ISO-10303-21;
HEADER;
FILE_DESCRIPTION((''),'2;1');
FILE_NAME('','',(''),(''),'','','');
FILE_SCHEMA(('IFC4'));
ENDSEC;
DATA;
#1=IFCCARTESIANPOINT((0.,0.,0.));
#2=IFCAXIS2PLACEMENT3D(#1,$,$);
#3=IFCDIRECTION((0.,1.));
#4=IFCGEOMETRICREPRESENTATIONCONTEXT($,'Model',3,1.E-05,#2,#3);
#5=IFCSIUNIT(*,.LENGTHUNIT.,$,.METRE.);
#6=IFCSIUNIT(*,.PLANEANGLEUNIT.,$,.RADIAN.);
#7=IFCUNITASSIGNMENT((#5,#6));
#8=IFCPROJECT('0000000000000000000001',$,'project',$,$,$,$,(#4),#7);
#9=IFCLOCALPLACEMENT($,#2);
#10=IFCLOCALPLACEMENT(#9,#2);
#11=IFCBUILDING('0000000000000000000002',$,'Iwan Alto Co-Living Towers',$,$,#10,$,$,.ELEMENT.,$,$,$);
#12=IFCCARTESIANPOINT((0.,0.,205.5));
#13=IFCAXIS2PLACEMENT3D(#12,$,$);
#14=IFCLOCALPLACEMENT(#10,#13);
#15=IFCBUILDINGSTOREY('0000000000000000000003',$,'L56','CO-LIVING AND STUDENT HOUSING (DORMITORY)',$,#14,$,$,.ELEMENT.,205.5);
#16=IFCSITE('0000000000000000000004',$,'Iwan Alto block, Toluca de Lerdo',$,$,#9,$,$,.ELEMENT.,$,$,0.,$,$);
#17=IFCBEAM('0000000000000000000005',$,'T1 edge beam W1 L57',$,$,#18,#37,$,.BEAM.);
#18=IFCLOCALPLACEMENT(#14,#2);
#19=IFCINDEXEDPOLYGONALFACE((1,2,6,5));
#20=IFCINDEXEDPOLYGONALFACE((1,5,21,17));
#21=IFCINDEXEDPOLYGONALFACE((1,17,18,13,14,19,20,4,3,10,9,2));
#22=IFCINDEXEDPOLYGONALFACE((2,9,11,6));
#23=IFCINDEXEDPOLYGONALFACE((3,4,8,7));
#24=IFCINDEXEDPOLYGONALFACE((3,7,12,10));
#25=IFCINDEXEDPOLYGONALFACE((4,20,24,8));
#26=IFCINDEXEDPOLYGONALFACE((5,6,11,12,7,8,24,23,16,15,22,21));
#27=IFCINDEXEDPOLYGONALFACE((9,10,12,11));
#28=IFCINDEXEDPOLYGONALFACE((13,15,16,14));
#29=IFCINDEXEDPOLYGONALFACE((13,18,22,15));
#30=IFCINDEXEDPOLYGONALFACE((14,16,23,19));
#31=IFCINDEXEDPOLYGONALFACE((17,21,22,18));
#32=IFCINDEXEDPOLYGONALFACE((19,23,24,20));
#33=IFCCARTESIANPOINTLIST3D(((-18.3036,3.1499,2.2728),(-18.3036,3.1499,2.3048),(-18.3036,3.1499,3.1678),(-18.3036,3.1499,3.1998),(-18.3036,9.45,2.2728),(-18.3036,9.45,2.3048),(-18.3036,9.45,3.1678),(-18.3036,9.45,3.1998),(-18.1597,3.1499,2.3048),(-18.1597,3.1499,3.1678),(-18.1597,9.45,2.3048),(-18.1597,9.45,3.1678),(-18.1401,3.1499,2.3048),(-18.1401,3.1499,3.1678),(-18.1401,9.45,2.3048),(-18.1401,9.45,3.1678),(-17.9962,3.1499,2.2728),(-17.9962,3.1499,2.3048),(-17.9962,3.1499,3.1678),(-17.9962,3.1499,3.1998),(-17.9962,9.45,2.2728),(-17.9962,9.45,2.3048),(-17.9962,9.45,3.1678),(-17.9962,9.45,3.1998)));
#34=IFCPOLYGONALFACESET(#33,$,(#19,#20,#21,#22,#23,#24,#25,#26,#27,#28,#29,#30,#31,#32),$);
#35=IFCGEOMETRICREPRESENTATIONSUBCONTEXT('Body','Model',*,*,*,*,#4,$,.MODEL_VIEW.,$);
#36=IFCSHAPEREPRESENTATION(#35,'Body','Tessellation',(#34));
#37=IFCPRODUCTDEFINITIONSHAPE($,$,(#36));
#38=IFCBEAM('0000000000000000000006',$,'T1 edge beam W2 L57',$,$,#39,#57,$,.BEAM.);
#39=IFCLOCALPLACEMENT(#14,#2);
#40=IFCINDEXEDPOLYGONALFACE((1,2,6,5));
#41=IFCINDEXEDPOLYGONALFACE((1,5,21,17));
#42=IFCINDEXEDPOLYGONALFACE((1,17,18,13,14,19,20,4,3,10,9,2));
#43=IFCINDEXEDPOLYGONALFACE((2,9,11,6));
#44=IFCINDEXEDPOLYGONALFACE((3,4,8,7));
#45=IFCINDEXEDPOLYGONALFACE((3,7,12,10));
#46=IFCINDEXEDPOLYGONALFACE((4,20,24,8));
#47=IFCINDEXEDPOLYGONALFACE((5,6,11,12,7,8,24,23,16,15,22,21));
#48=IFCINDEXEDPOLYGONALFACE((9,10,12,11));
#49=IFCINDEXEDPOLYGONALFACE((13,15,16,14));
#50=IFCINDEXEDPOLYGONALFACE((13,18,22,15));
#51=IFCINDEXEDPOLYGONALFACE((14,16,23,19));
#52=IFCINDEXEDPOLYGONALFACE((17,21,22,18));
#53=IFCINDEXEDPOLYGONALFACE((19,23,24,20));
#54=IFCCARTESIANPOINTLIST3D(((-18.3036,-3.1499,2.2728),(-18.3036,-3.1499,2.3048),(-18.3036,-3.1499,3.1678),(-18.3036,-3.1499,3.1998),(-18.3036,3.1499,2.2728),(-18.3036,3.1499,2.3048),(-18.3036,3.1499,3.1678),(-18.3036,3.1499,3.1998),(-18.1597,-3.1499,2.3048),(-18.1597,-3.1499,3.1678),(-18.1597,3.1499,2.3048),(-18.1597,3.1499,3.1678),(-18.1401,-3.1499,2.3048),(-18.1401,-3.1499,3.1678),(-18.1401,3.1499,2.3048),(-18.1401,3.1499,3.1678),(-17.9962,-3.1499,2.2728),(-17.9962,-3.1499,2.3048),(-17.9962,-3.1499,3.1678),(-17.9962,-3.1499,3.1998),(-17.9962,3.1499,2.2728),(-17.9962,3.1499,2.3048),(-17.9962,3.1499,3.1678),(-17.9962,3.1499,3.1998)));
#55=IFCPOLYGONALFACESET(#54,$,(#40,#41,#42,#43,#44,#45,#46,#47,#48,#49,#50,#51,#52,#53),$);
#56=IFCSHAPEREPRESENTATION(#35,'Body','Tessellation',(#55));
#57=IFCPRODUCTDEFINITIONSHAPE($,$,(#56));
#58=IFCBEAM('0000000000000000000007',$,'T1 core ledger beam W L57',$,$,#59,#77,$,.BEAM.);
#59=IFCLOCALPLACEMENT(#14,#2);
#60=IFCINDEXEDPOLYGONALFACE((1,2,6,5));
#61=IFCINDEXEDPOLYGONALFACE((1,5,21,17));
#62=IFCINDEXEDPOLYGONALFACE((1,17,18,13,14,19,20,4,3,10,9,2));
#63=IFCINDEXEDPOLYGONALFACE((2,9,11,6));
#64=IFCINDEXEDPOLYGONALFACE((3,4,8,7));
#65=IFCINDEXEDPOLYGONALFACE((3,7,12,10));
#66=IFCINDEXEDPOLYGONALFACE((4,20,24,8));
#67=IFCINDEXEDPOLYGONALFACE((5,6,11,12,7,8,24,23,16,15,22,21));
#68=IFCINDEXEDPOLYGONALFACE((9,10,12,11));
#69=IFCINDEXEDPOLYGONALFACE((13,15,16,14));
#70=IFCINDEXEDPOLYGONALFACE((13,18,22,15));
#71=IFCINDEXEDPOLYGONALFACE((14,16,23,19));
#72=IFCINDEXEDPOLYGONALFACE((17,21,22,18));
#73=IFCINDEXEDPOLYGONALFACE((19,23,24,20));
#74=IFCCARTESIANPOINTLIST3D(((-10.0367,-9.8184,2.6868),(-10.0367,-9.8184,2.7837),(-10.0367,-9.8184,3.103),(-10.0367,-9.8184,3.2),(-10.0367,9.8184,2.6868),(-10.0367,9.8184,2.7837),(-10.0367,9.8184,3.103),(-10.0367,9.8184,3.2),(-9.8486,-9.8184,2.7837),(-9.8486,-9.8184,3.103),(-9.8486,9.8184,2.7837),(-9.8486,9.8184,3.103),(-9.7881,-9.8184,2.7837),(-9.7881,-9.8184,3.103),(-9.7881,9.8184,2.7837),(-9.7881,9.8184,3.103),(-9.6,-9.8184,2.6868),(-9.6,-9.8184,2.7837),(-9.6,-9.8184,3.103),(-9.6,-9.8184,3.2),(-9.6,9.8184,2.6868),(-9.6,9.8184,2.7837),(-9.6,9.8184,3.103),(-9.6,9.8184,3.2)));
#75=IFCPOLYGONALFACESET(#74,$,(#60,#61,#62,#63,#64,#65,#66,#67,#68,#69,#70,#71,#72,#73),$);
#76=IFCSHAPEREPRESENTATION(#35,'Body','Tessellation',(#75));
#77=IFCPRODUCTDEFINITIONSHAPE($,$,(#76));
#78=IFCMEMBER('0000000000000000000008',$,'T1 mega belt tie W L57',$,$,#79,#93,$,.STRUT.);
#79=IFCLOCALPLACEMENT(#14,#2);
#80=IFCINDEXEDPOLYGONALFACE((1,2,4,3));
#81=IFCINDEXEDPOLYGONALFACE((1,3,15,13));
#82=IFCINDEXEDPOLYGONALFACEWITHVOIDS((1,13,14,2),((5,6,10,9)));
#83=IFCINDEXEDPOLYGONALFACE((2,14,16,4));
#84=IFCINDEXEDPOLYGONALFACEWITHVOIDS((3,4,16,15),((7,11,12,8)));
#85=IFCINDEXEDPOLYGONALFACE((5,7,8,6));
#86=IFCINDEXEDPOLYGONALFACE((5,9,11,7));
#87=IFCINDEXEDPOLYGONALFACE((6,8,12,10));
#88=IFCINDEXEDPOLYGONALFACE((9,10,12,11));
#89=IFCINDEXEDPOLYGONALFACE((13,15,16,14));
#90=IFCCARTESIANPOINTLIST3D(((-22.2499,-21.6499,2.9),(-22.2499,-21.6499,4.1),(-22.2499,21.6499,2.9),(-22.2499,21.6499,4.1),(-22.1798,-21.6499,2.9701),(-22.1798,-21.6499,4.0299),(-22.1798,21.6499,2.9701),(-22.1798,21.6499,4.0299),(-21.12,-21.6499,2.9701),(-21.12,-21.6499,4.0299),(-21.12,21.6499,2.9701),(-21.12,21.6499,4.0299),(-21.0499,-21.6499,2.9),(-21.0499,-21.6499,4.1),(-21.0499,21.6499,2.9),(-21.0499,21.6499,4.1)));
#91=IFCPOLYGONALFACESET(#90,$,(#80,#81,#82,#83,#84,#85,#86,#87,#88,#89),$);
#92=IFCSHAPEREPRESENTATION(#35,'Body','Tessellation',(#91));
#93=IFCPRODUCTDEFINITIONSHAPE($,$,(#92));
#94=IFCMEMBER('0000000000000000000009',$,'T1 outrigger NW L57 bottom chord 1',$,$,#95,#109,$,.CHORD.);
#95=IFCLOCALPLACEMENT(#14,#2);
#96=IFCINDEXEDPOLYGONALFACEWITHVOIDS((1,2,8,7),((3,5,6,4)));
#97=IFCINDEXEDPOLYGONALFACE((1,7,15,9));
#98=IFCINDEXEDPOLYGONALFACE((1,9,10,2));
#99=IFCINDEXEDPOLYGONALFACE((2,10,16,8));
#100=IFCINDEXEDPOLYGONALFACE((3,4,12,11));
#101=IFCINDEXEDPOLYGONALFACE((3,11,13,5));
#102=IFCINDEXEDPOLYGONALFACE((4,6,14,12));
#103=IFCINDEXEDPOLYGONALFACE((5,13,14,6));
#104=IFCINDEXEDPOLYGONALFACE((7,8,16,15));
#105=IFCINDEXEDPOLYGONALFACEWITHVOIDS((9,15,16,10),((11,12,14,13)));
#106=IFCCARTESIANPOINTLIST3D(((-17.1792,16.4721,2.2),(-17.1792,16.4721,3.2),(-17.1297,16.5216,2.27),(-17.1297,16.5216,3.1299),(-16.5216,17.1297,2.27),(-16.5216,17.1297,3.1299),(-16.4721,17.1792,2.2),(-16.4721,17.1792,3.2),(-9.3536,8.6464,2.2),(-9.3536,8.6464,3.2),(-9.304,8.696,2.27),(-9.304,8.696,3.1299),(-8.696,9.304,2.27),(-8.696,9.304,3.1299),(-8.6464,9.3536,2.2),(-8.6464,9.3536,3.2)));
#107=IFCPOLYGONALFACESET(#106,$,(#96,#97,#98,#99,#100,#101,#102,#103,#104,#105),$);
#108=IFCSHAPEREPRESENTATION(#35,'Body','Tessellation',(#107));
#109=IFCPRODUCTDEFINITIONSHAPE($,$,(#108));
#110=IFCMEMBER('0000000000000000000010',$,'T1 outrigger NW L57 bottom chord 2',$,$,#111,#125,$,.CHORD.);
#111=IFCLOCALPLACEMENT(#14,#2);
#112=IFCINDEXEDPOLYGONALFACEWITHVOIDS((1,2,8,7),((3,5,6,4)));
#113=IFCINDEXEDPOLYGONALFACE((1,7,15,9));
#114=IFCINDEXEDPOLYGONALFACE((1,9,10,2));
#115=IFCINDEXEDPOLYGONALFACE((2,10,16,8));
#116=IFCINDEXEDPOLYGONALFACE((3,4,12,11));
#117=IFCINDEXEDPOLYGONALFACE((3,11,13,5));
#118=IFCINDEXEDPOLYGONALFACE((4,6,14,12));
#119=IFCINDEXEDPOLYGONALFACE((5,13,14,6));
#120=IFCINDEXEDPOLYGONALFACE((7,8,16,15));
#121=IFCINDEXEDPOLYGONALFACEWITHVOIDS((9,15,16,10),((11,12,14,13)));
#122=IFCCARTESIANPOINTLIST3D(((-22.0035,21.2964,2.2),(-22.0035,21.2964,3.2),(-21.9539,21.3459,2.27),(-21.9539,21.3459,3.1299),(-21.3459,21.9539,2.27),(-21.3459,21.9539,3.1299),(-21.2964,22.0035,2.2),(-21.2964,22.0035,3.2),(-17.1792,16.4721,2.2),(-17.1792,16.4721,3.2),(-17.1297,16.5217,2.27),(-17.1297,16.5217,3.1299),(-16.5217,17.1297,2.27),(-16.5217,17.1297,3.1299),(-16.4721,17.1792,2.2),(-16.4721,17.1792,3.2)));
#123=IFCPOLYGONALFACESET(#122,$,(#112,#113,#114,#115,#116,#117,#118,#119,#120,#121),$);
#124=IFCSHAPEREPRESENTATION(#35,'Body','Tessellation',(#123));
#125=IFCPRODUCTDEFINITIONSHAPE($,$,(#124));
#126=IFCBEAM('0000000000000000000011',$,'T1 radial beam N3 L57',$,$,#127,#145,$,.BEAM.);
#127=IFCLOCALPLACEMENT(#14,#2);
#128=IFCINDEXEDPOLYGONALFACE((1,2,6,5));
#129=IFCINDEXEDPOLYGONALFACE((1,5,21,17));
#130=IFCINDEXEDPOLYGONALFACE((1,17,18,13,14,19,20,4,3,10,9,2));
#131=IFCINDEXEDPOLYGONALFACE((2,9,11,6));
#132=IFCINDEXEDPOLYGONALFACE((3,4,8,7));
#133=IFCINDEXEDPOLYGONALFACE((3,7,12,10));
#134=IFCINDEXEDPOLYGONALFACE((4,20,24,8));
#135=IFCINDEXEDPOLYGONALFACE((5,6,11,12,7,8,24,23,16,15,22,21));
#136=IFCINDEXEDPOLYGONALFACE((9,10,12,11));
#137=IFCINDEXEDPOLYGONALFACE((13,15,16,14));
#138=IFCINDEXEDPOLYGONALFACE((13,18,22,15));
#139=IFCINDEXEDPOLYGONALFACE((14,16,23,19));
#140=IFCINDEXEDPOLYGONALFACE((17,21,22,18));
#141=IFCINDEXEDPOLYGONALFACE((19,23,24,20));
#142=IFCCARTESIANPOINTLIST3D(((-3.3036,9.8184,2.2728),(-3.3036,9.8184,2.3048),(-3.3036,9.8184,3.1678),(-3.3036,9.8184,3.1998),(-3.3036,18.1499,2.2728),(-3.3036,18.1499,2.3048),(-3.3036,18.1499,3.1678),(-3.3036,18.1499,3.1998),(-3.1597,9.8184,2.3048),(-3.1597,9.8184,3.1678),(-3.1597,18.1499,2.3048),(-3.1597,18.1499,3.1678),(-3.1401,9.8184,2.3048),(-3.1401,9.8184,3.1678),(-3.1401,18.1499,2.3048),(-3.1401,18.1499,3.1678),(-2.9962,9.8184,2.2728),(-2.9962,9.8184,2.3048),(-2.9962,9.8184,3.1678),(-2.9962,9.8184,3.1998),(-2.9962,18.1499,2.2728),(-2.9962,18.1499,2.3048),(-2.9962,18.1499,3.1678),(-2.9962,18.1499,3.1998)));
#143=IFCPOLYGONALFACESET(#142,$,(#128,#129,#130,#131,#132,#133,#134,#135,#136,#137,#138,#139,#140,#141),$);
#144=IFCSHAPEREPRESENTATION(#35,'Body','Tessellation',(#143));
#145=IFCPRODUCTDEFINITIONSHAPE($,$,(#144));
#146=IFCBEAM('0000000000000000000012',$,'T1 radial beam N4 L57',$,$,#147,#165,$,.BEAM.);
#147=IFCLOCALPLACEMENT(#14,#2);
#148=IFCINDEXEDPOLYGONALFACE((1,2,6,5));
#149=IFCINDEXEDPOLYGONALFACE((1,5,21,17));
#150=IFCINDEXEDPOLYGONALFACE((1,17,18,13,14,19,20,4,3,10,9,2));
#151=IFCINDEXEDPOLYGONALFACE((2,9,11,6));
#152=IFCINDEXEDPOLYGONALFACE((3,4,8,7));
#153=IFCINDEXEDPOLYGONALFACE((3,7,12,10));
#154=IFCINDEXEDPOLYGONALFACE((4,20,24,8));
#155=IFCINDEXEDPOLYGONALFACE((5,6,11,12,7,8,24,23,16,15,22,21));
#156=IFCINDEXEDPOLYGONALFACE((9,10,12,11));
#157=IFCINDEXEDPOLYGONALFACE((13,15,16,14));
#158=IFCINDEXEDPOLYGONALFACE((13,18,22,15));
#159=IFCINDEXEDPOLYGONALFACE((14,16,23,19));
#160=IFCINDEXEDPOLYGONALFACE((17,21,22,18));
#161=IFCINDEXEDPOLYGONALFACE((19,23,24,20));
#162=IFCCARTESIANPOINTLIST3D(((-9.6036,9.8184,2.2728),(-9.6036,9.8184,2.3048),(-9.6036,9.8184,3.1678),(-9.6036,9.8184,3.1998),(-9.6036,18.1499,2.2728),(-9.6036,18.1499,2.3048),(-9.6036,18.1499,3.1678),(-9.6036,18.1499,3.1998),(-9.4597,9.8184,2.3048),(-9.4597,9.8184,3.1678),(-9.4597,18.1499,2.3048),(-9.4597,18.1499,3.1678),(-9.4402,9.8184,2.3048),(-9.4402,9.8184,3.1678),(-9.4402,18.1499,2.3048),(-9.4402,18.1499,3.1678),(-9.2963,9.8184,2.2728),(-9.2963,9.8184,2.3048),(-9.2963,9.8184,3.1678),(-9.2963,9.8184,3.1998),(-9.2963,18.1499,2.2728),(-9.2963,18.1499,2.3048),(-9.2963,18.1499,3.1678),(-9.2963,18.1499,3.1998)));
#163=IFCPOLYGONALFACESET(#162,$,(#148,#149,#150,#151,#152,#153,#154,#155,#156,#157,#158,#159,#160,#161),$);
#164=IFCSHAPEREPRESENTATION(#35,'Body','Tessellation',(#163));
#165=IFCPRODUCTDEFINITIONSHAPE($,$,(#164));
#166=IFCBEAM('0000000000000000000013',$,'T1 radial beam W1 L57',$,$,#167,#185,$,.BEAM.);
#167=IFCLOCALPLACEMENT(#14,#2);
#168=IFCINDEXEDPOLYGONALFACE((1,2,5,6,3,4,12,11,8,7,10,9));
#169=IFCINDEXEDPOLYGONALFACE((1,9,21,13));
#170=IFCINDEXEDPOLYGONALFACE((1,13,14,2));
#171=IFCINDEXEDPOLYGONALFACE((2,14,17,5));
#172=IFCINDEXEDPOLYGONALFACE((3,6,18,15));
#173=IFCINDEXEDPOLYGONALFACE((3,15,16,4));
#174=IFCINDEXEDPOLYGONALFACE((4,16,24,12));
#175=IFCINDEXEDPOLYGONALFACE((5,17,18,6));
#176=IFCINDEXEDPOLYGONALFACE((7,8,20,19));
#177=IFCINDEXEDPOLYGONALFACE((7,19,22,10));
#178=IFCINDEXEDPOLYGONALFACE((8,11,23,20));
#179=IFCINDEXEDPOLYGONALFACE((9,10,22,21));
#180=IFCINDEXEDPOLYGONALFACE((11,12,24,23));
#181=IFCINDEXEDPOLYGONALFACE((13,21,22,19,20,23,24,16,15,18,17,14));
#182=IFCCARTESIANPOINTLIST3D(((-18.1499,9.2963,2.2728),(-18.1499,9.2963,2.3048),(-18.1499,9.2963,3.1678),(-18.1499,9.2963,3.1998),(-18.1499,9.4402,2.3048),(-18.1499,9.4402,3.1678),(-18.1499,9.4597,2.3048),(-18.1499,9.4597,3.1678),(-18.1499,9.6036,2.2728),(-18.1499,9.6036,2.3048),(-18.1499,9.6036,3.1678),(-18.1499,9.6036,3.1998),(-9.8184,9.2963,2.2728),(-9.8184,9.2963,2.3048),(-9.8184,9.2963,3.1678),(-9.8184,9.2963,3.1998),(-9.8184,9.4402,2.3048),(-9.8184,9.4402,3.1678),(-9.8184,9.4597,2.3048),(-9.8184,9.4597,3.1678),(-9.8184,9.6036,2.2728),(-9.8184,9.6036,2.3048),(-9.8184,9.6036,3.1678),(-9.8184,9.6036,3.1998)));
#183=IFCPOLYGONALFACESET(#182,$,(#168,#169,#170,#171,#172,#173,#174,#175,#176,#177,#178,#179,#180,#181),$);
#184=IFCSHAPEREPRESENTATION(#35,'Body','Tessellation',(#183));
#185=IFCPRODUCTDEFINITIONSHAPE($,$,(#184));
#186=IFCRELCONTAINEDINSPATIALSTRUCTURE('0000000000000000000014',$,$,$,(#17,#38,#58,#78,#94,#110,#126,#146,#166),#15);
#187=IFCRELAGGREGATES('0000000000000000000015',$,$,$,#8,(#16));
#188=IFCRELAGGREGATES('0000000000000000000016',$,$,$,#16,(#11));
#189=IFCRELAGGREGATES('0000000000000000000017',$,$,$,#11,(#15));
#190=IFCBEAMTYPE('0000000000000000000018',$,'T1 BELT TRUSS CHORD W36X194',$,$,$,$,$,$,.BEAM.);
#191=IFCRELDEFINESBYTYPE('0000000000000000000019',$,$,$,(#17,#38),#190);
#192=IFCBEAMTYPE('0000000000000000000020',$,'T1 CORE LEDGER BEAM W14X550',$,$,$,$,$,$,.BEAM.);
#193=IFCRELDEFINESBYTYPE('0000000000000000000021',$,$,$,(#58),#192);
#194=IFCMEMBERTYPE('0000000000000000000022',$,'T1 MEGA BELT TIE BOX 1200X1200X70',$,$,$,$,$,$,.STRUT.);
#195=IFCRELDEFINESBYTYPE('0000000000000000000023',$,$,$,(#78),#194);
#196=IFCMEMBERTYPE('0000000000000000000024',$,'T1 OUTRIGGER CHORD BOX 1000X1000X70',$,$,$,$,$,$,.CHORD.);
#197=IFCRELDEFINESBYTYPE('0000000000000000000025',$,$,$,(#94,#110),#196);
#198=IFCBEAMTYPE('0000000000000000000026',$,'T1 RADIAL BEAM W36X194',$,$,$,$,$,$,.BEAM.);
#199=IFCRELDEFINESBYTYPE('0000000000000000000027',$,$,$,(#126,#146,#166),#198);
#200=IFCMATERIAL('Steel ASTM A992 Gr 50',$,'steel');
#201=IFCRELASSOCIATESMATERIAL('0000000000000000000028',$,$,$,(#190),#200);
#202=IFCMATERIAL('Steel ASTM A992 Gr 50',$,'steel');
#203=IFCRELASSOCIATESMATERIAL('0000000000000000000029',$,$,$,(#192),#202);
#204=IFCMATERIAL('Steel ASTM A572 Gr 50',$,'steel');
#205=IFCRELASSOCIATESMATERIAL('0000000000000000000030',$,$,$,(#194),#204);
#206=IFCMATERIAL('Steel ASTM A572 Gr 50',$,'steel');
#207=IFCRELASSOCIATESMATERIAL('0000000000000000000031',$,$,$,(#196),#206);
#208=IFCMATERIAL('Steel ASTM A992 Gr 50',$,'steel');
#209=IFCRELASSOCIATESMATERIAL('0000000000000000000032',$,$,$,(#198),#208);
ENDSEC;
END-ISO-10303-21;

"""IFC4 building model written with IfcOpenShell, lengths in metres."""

from ifc_helpers import new_model, si_unit, direction, frame, origin, origin_2d, place, context, subcontext, project, spatial, hollow_rectangle, i_section, extrude, material, material_profile, profile_set, type_object, element, save


model = new_model("IFC4")

# Units and contexts
model_context = context("Model", 3, precision=1e-05, world=origin(), true_north=direction((0.0, 1.0)))
body_context = subcontext(model_context, "Body", "Model", "MODEL_VIEW")
ifc_project = project(units=[si_unit("LENGTHUNIT", "METRE"), si_unit("PLANEANGLEUNIT", "RADIAN")], contexts=[model_context])

# Site, building, storey
site_placement = place(None, origin())
site = spatial("IfcSite", under=ifc_project, at=site_placement, Name="Iwan Alto block, Toluca de Lerdo", CompositionType="ELEMENT", RefElevation=0.0)
building_placement = place(site_placement, origin())
building = spatial("IfcBuilding", under=site, at=building_placement, Name="Iwan Alto Co-Living Towers", CompositionType="ELEMENT")
storey_placement = place(building_placement, frame((0.0, 0.0, 205.5)))
storey = spatial("IfcBuildingStorey", under=building, at=storey_placement, Name="L56", Description="CO-LIVING AND STUDENT HOUSING (DORMITORY)", CompositionType="ELEMENT", Elevation=205.5)

# Beams
ifc_material_1 = material(Name="Steel ASTM A992 Gr 50", Category="steel")
ifc_material_profile_1 = material_profile(ifc_material_1, i_section(OverallWidth=0.3074, OverallDepth=0.927, WebThickness=0.0195, FlangeThickness=0.032, at=origin_2d()), Name="W36X194")
ifc_profile_set_1 = profile_set([ifc_material_profile_1], Name="Steel ASTM A992 Gr 50")
beam_type_1 = type_object("IfcBeamType", Name="T1 BELT TRUSS CHORD W36X194", PredefinedType="BEAM", material=ifc_profile_set_1)
beam_1_placement = place(storey_placement, frame((-18.1499, 9.45, 2.7363), z_axis=(0.0, -1.0, 0.0), x_axis=(1.0, 0.0, 0.0)))
element("IfcBeam", 1, at=beam_1_placement, inside=storey, type_object=beam_type_1, Name="T1 edge beam W1 L57", PredefinedType="BEAM", context=body_context, shape_type="SweptSolid", body=[
    extrude(i_section(OverallWidth=0.3074, OverallDepth=0.927, WebThickness=0.0195, FlangeThickness=0.032, at=origin_2d()), origin(), (0.0, 0.0, 1.0), 6.3),
])
beam_2_placement = place(storey_placement, frame((-18.1499, 3.1499, 2.7363), z_axis=(0.0, -1.0, 0.0), x_axis=(1.0, 0.0, 0.0)))
element("IfcBeam", 2, at=beam_2_placement, inside=storey, type_object=beam_type_1, Name="T1 edge beam W2 L57", PredefinedType="BEAM", context=body_context, shape_type="SweptSolid", body=[
    extrude(i_section(OverallWidth=0.3074, OverallDepth=0.927, WebThickness=0.0195, FlangeThickness=0.032, at=origin_2d()), origin(), (0.0, 0.0, 1.0), 6.2998),
])
ifc_material_2 = material(Name="Steel ASTM A992 Gr 50", Category="steel")
ifc_material_profile_2 = material_profile(ifc_material_2, i_section(OverallWidth=0.4368, OverallDepth=0.5132, WebThickness=0.0605, FlangeThickness=0.0969, at=origin_2d()), Name="W14X550")
ifc_profile_set_2 = profile_set([ifc_material_profile_2], Name="Steel ASTM A992 Gr 50")
beam_type_2 = type_object("IfcBeamType", Name="T1 CORE LEDGER BEAM W14X550", PredefinedType="BEAM", material=ifc_profile_set_2)
beam_3_placement = place(storey_placement, frame((-9.8184, 9.8184, 2.9434), z_axis=(0.0, -1.0, 0.0), x_axis=(1.0, 0.0, 0.0)))
element("IfcBeam", 3, at=beam_3_placement, inside=storey, type_object=beam_type_2, Name="T1 core ledger beam W L57", PredefinedType="BEAM", context=body_context, shape_type="SweptSolid", body=[
    extrude(i_section(OverallWidth=0.4368, OverallDepth=0.5132, WebThickness=0.0605, FlangeThickness=0.0969, at=origin_2d()), origin(), (0.0, 0.0, 1.0), 19.6367),
])

# Members
ifc_material_3 = material(Name="Steel ASTM A572 Gr 50", Category="steel")
ifc_material_profile_3 = material_profile(ifc_material_3, hollow_rectangle(XDim=1.2, YDim=1.2, WallThickness=0.0701, at=origin_2d()), Name="BOX 1200X1200X70")
ifc_profile_set_3 = profile_set([ifc_material_profile_3], Name="Steel ASTM A572 Gr 50")
member_type_1 = type_object("IfcMemberType", Name="T1 MEGA BELT TIE BOX 1200X1200X70", PredefinedType="STRUT", material=ifc_profile_set_3)
member_1_placement = place(storey_placement, frame((-21.6499, 21.6499, 3.5), z_axis=(0.0, -1.0, 0.0), x_axis=(1.0, 0.0, 0.0)))
element("IfcMember", 4, at=member_1_placement, inside=storey, type_object=member_type_1, Name="T1 mega belt tie W L57", PredefinedType="STRUT", context=body_context, shape_type="SweptSolid", body=[
    extrude(hollow_rectangle(XDim=1.2, YDim=1.2, WallThickness=0.0701, at=origin_2d()), origin(), (0.0, 0.0, 1.0), 43.2998),
])
ifc_material_4 = material(Name="Steel ASTM A572 Gr 50", Category="steel")
ifc_material_profile_4 = material_profile(ifc_material_4, hollow_rectangle(XDim=1.0, YDim=1.0, WallThickness=0.0701, at=origin_2d()), Name="BOX 1000X1000X70")
ifc_profile_set_4 = profile_set([ifc_material_profile_4], Name="Steel ASTM A572 Gr 50")
member_type_2 = type_object("IfcMemberType", Name="T1 OUTRIGGER CHORD BOX 1000X1000X70", PredefinedType="CHORD", material=ifc_profile_set_4)
member_2_placement = place(storey_placement, frame((-9.0, 9.0, 2.7), z_axis=(-0.707107, 0.707107, 0.0), x_axis=(-0.707107, -0.707107, 0.0)))
element("IfcMember", 5, at=member_2_placement, inside=storey, type_object=member_type_2, Name="T1 outrigger NW L57 bottom chord 1", PredefinedType="CHORD", context=body_context, shape_type="SweptSolid", body=[
    extrude(hollow_rectangle(XDim=1.0, YDim=1.0, WallThickness=0.0701, at=origin_2d()), origin(), (0.0, 0.0, 1.0), 11.0671),
])
member_3_placement = place(storey_placement, frame((-16.8257, 16.8257, 2.7), z_axis=(-0.707107, 0.707107, 0.0), x_axis=(-0.707107, -0.707107, 0.0)))
element("IfcMember", 6, at=member_3_placement, inside=storey, type_object=member_type_2, Name="T1 outrigger NW L57 bottom chord 2", PredefinedType="CHORD", context=body_context, shape_type="SweptSolid", body=[
    extrude(hollow_rectangle(XDim=1.0, YDim=1.0, WallThickness=0.0701, at=origin_2d()), origin(), (0.0, 0.0, 1.0), 6.8225),
])

# Beams
ifc_material_5 = material(Name="Steel ASTM A992 Gr 50", Category="steel")
ifc_material_profile_5 = material_profile(ifc_material_5, i_section(OverallWidth=0.3074, OverallDepth=0.927, WebThickness=0.0195, FlangeThickness=0.032, at=origin_2d()), Name="W36X194")
ifc_profile_set_5 = profile_set([ifc_material_profile_5], Name="Steel ASTM A992 Gr 50")
beam_type_3 = type_object("IfcBeamType", Name="T1 RADIAL BEAM W36X194", PredefinedType="BEAM", material=ifc_profile_set_5)
for number, where, z_axis, x_axis, name in (
    (7, (-3.1499, 18.1499, 2.7363), (0.0, -1.0, 0.0), (1.0, 0.0, 0.0), "T1 radial beam N3 L57"),
    (8, (-9.45, 18.1499, 2.7363), (0.0, -1.0, 0.0), (1.0, 0.0, 0.0), "T1 radial beam N4 L57"),
    (9, (-18.1499, 9.45, 2.7363), (1.0, 0.0, 0.0), (0.0, 1.0, 0.0), "T1 radial beam W1 L57"),
):
    element("IfcBeam", number, at=place(storey_placement, frame(where, z_axis=z_axis, x_axis=x_axis)), inside=storey, type_object=beam_type_3, Name=name, PredefinedType="BEAM", context=body_context, shape_type="SweptSolid", body=[
        extrude(i_section(OverallWidth=0.3074, OverallDepth=0.927, WebThickness=0.0195, FlangeThickness=0.032, at=origin_2d()), origin(), (0.0, 0.0, 1.0), 8.3315),
    ])

save(model, "model.ifc")
